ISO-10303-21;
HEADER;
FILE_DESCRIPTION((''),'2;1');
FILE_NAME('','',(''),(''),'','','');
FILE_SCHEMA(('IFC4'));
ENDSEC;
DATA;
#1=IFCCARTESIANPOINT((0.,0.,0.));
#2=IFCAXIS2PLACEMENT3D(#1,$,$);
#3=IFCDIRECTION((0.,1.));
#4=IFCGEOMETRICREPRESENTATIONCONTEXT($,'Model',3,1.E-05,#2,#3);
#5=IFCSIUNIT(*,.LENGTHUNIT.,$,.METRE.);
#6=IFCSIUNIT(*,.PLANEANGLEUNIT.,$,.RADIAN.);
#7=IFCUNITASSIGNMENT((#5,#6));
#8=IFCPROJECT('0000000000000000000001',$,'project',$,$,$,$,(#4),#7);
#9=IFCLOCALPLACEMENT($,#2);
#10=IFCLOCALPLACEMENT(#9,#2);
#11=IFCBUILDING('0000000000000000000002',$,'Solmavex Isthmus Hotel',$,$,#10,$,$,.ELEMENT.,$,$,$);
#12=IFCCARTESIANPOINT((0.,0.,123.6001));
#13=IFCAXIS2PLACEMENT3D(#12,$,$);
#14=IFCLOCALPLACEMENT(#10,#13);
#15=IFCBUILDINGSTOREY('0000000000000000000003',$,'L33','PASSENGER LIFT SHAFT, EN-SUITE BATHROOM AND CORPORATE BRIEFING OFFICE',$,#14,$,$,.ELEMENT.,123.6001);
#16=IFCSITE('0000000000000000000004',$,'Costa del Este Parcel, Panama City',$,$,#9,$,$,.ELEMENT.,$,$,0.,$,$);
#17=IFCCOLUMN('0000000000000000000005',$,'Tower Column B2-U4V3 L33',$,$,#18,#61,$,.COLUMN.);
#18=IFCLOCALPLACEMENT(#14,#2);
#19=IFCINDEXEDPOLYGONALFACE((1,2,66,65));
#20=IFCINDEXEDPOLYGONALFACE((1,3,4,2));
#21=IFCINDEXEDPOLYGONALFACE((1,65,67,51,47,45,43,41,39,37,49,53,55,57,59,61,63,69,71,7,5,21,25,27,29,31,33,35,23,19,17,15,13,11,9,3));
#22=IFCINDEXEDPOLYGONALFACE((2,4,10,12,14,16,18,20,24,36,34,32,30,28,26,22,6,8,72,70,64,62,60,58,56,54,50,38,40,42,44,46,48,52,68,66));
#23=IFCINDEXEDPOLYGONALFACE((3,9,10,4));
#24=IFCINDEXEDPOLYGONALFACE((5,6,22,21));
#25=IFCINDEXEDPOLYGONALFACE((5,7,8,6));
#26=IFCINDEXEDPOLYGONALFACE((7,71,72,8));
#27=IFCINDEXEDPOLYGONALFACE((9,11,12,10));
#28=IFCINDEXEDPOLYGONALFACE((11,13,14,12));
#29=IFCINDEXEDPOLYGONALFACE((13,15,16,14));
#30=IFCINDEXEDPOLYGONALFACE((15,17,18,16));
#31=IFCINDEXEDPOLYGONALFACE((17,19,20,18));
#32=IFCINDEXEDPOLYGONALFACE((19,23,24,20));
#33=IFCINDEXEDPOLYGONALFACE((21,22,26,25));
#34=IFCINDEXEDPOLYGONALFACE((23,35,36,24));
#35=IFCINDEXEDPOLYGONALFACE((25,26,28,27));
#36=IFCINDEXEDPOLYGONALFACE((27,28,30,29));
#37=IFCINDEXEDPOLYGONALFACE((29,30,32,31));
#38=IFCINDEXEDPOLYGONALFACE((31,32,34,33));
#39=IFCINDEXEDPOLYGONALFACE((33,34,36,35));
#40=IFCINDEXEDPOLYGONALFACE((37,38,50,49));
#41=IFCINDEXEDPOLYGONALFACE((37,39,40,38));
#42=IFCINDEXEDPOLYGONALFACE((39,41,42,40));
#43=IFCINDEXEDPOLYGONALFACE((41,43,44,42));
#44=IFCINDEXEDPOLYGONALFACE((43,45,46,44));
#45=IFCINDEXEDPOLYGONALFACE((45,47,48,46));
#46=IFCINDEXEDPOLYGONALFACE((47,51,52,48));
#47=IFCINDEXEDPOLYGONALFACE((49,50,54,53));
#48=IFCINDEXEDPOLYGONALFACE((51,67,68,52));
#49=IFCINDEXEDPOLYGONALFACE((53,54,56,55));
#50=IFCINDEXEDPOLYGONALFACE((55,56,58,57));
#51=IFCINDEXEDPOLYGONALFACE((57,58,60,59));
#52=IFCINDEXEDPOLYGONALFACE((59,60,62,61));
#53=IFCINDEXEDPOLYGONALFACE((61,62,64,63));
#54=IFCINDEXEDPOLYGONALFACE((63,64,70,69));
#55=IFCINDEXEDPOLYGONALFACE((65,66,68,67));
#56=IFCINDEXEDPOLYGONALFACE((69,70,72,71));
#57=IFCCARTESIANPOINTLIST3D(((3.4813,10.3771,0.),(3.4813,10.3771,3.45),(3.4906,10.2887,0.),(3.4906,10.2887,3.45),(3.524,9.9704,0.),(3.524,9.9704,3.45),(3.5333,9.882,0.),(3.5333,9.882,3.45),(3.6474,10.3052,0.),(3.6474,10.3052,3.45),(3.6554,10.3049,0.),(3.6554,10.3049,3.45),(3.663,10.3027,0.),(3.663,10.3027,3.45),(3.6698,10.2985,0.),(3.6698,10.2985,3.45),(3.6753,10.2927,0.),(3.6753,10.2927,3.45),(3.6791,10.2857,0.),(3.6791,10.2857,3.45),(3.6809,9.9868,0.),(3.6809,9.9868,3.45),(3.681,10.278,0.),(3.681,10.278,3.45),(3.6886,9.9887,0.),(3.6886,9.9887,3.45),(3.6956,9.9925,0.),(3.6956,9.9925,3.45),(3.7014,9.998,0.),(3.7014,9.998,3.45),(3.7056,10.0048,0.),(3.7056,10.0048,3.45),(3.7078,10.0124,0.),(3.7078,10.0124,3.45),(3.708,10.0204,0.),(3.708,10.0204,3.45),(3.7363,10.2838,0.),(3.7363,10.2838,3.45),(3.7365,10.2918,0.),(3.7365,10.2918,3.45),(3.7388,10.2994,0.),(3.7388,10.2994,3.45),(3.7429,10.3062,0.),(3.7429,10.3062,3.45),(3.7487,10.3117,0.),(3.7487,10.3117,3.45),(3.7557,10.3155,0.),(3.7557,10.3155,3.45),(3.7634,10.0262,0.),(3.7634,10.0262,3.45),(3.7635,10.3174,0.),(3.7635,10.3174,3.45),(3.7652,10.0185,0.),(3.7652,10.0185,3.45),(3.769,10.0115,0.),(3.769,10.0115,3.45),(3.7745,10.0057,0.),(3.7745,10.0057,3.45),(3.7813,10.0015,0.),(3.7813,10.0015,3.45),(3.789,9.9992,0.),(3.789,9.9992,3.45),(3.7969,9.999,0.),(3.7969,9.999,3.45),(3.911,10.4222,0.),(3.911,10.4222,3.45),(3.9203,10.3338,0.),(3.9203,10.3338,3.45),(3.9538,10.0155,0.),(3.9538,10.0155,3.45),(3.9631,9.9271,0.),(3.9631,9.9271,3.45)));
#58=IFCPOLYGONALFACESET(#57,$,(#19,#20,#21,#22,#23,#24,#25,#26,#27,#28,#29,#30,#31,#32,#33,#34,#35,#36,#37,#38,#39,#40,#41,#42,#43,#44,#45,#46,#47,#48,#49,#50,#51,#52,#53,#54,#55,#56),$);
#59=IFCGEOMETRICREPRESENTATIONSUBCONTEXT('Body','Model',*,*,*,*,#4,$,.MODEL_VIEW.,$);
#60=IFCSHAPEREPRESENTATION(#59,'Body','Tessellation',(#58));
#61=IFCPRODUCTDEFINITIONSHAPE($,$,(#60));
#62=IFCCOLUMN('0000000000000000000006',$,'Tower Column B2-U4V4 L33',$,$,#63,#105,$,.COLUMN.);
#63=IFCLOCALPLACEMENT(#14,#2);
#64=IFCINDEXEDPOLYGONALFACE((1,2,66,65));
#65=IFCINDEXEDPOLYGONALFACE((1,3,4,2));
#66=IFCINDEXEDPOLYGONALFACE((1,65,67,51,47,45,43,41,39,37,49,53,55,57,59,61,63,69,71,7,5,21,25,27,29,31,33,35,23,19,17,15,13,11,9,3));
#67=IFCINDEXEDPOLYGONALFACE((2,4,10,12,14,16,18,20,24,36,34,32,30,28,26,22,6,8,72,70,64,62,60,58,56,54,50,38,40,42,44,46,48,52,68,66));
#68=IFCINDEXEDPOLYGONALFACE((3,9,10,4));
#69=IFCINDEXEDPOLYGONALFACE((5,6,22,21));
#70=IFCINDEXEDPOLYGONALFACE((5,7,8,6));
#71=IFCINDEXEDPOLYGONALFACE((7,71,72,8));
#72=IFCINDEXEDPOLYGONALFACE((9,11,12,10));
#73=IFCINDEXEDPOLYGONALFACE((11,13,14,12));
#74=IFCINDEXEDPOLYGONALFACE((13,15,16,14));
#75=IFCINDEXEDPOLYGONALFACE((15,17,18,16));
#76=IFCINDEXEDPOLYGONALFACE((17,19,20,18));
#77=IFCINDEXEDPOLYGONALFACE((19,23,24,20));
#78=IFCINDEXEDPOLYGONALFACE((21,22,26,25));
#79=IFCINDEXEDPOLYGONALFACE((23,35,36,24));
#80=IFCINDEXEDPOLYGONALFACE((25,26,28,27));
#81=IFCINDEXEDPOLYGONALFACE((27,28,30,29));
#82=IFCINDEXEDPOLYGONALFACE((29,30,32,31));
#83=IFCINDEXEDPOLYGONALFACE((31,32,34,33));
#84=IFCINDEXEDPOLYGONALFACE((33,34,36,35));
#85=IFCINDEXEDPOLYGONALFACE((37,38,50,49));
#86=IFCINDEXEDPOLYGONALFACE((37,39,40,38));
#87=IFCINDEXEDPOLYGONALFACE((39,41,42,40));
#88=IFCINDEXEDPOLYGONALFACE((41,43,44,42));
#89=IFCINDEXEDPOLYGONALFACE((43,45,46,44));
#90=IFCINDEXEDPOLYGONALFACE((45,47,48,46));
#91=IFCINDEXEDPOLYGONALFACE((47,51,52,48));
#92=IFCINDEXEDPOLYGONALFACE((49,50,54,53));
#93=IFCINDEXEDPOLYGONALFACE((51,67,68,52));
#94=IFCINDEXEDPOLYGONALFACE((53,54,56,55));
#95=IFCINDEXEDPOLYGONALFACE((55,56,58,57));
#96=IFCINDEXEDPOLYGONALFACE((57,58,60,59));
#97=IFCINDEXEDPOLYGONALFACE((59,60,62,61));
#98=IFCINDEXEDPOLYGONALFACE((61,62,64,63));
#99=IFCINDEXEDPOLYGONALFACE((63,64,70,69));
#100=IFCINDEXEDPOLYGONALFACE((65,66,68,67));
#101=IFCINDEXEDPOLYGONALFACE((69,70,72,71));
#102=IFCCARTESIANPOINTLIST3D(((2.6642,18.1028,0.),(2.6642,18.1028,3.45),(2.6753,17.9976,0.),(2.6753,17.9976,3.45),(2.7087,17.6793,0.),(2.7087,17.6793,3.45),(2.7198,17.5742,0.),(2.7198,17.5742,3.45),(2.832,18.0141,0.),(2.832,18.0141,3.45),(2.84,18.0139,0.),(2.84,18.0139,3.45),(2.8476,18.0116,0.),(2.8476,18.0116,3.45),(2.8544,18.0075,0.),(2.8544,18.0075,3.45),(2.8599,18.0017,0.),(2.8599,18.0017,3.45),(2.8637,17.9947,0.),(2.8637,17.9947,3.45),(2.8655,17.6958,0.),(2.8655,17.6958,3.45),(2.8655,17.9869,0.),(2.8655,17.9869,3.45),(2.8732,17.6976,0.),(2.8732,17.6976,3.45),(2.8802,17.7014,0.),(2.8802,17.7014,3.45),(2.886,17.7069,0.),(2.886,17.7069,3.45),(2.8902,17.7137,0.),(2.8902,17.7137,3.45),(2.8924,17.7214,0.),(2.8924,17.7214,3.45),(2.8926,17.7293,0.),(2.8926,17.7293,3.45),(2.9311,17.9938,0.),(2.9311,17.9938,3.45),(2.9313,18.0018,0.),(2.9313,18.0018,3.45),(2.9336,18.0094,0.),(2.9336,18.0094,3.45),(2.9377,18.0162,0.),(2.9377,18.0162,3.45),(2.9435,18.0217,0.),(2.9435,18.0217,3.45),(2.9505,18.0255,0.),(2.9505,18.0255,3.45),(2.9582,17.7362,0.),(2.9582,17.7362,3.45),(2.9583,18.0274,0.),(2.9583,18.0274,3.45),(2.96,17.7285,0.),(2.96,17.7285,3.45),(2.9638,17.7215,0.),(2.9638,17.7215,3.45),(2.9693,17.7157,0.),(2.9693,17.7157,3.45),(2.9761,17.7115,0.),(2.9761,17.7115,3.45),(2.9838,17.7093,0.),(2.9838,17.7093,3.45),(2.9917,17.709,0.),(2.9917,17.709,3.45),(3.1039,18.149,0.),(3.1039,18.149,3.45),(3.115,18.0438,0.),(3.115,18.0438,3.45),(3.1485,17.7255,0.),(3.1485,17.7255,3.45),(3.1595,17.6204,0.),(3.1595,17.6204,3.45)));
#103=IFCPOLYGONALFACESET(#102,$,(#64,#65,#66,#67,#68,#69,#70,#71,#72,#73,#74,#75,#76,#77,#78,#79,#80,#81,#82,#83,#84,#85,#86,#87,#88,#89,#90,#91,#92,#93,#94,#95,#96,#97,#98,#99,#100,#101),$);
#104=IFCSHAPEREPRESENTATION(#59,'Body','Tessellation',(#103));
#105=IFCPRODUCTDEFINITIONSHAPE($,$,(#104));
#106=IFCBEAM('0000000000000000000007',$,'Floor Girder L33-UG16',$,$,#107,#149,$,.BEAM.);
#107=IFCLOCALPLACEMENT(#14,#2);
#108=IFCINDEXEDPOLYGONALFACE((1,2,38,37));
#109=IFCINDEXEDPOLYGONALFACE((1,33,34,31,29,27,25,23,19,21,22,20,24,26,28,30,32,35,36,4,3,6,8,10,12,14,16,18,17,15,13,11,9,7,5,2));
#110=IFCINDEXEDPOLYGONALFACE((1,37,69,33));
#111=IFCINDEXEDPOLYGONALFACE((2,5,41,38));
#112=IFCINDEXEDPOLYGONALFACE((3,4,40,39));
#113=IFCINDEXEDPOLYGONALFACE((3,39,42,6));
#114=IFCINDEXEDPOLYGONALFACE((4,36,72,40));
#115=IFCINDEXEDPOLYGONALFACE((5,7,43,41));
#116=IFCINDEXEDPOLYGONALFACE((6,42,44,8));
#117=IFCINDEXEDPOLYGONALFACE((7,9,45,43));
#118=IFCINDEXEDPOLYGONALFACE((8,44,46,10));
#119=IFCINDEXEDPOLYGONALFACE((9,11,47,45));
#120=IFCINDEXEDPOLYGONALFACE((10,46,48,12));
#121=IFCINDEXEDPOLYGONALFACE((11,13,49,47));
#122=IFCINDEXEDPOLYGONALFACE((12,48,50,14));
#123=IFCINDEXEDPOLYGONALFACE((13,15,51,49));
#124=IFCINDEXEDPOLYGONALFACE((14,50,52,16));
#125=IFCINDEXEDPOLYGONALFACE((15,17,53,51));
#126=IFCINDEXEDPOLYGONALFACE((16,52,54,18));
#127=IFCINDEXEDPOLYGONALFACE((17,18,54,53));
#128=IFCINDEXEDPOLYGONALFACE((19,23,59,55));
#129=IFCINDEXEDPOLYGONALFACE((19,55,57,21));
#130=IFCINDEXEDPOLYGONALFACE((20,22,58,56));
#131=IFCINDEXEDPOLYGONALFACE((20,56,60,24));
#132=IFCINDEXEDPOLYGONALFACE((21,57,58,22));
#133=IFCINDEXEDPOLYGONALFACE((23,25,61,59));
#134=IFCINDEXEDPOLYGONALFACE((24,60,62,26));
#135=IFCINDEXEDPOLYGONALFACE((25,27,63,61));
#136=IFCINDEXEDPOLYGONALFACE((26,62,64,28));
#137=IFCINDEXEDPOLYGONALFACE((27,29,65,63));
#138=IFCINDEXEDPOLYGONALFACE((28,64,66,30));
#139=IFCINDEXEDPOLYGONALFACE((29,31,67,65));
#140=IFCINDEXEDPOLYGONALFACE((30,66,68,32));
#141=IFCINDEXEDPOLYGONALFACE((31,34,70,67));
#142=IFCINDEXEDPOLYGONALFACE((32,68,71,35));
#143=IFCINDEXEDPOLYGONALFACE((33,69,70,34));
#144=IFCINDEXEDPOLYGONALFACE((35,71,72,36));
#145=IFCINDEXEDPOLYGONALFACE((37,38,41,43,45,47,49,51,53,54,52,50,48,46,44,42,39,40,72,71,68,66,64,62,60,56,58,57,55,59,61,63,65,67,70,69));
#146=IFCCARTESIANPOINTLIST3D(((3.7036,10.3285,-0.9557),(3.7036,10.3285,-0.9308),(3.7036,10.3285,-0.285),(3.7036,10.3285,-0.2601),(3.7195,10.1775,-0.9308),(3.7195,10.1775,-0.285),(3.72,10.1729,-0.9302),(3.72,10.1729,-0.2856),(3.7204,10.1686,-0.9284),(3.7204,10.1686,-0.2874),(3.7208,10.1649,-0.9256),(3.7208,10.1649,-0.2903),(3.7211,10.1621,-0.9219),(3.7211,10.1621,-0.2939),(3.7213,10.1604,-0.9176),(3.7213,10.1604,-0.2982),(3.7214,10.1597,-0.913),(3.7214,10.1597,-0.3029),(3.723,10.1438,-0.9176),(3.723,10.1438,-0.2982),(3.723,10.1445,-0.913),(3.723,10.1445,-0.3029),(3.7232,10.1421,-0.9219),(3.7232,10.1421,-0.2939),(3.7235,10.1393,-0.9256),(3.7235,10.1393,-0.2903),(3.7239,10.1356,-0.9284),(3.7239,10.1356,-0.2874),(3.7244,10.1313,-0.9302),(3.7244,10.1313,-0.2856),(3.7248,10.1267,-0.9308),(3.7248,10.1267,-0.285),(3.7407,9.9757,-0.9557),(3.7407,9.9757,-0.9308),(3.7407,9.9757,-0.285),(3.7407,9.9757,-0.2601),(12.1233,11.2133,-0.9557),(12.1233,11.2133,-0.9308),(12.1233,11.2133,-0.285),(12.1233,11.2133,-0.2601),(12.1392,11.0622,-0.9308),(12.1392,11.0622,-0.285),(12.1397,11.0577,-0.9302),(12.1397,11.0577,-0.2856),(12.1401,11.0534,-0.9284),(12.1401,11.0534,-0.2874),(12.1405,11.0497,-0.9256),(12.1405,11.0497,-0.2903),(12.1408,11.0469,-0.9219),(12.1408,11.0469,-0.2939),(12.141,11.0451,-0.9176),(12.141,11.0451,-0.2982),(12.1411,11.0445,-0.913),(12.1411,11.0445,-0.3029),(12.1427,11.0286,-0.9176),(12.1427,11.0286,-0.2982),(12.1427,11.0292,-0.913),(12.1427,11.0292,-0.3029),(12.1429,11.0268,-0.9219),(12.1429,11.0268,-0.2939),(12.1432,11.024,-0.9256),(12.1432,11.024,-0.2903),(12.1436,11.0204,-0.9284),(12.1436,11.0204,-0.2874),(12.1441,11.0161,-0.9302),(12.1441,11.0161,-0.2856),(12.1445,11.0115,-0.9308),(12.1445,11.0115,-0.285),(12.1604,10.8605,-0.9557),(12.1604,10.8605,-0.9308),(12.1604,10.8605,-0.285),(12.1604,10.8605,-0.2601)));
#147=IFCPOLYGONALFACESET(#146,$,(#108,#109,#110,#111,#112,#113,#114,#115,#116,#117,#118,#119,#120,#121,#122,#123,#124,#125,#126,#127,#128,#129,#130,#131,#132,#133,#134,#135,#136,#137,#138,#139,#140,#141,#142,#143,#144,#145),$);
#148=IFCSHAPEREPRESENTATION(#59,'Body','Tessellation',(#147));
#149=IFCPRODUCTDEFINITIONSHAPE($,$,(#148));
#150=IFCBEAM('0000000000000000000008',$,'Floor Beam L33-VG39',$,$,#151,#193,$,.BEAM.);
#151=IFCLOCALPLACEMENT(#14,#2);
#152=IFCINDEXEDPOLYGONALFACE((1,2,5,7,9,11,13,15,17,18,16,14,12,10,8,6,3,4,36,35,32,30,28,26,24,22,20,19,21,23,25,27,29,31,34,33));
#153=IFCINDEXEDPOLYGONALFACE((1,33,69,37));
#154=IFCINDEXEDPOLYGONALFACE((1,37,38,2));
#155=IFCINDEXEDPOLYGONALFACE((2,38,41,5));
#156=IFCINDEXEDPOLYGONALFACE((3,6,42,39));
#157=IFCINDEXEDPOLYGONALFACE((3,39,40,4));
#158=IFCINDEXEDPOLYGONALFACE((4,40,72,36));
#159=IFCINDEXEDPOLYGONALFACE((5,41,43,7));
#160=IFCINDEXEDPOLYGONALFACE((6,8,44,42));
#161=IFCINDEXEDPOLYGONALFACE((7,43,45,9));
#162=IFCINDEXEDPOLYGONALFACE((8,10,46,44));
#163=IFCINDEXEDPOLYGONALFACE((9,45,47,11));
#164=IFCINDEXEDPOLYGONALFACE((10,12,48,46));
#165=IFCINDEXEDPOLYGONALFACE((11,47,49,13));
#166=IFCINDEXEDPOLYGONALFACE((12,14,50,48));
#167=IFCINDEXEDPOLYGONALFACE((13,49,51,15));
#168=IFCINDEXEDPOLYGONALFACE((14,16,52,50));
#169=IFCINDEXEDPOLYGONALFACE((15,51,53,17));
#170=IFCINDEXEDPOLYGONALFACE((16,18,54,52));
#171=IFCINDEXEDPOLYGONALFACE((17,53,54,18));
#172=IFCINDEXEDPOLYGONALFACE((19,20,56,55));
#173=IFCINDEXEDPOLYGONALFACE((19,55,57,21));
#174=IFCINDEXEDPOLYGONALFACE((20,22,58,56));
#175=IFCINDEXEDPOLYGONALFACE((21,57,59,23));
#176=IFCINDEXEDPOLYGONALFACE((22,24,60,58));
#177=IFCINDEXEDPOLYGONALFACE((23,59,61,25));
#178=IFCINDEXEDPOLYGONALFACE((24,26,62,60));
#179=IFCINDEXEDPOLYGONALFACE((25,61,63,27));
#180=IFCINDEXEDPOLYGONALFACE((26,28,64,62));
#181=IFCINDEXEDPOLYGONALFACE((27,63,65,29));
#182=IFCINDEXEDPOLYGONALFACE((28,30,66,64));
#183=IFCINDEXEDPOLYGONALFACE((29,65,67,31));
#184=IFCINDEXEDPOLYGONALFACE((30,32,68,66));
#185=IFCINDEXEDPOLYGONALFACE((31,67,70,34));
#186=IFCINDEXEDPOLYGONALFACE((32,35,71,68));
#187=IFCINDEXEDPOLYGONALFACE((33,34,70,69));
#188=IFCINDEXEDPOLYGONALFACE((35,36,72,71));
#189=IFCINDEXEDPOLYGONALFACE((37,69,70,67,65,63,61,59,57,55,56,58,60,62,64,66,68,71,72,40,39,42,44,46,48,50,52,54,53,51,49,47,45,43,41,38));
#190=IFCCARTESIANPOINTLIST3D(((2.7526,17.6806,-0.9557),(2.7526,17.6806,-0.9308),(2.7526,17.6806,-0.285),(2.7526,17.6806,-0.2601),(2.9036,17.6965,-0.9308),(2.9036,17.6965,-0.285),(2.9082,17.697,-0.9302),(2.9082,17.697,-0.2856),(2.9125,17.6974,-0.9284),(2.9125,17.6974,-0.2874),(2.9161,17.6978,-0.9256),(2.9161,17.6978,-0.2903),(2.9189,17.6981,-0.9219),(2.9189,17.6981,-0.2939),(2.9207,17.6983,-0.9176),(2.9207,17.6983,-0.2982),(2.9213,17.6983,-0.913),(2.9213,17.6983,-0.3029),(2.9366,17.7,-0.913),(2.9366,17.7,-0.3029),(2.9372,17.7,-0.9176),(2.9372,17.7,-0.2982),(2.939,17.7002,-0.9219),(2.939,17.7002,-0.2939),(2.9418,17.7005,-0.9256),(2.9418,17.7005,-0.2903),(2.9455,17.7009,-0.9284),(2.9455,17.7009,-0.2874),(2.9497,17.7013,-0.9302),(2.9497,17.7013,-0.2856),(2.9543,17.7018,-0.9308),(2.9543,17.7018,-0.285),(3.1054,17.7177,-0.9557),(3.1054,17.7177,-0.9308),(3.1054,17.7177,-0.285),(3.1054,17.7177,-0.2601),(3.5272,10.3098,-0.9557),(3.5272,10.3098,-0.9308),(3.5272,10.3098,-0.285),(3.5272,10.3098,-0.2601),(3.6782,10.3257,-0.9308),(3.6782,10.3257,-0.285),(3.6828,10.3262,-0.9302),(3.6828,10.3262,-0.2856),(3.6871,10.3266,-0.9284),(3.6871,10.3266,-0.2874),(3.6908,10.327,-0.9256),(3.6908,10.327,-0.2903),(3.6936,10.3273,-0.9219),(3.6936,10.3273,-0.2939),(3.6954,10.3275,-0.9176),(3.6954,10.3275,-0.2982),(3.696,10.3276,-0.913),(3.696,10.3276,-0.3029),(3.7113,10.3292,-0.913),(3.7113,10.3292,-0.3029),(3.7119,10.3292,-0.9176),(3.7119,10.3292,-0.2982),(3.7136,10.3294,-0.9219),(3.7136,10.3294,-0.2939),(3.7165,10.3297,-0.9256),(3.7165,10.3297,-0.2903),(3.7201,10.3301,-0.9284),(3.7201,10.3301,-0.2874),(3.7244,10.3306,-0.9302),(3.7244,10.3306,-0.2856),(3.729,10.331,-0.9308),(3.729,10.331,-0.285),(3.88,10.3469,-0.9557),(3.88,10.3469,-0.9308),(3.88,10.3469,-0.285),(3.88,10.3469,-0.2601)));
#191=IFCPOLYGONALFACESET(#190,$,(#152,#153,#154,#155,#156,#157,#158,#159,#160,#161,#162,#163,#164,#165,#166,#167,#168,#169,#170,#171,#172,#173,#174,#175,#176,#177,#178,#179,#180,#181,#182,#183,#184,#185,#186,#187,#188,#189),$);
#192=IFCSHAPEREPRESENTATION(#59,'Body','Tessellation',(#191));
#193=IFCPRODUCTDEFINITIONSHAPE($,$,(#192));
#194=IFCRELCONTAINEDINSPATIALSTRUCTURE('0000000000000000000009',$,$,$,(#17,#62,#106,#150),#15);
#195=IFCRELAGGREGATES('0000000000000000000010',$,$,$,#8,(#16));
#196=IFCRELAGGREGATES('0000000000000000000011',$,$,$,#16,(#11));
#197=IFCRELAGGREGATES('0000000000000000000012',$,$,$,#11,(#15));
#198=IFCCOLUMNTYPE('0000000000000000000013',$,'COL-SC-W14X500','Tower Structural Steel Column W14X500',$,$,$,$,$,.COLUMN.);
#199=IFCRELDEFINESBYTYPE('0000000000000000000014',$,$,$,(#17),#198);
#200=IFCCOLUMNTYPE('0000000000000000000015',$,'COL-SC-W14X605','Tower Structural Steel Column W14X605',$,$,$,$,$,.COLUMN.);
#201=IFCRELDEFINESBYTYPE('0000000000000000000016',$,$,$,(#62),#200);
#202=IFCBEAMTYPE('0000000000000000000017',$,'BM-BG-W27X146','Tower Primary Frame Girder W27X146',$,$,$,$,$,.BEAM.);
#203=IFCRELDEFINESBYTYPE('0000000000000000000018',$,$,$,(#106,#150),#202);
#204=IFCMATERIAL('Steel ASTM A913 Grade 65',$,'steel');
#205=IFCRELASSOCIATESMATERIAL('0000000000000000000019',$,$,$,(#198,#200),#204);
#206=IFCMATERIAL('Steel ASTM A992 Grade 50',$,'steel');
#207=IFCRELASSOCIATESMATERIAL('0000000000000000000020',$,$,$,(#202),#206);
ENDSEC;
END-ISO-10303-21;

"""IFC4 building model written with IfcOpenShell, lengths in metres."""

from ifc_helpers import new_model, si_unit, direction, frame, origin, origin_2d, place, context, subcontext, project, spatial, i_section, extrude, material, material_profile, profile_set, type_object, element, save


model = new_model("IFC4")

# Units and contexts
model_context = context("Model", 3, precision=1e-05, world=origin(), true_north=direction((0.0, 1.0)))
body_context = subcontext(model_context, "Body", "Model", "MODEL_VIEW")
ifc_project = project(units=[si_unit("LENGTHUNIT", "METRE"), si_unit("PLANEANGLEUNIT", "RADIAN")], contexts=[model_context])

# Site, building, storey
site_placement = place(None, origin())
site = spatial("IfcSite", under=ifc_project, at=site_placement, Name="Costa del Este Parcel, Panama City", CompositionType="ELEMENT", RefElevation=0.0)
building_placement = place(site_placement, origin())
building = spatial("IfcBuilding", under=site, at=building_placement, Name="Solmavex Isthmus Hotel", CompositionType="ELEMENT")
storey_placement = place(building_placement, frame((0.0, 0.0, 123.6001)))
storey = spatial("IfcBuildingStorey", under=building, at=storey_placement, Name="L33", Description="PASSENGER LIFT SHAFT, EN-SUITE BATHROOM AND CORPORATE BRIEFING OFFICE", CompositionType="ELEMENT", Elevation=123.6001)

# Columns
ifc_material_1 = material(Name="Steel ASTM A913 Grade 65", Category="steel")
ifc_material_profile_1 = material_profile(ifc_material_1, i_section(OverallWidth=0.4321, OverallDepth=0.4978, WebThickness=0.0557, FlangeThickness=0.0889, FilletRadius=0.0305, at=origin_2d()), Name="W14X500")
ifc_profile_set_1 = profile_set([ifc_material_profile_1], Name="Steel ASTM A913 Grade 65")
column_type_1 = type_object("IfcColumnType", Name="COL-SC-W14X500", Description="Tower Structural Steel Column W14X500", PredefinedType="COLUMN", material=ifc_profile_set_1)
column_1_placement = place(storey_placement, frame((3.7222, 10.1521, 0.0), z_axis=(0.0, 0.0, 1.0), x_axis=(0.994522, 0.104528, 0.0)))
element("IfcColumn", 1, at=column_1_placement, inside=storey, type_object=column_type_1, Name="Tower Column B2-U4V3 L33", PredefinedType="COLUMN", context=body_context, shape_type="SweptSolid", body=[
    extrude(i_section(OverallWidth=0.4321, OverallDepth=0.4978, WebThickness=0.0557, FlangeThickness=0.0889, FilletRadius=0.0305, at=origin_2d()), origin(), (0.0, 0.0, 1.0), 3.45),
])
ifc_material_profile_2 = material_profile(ifc_material_1, i_section(OverallWidth=0.4421, OverallDepth=0.5315, WebThickness=0.0659, FlangeThickness=0.1057, FilletRadius=0.0305, at=origin_2d()), Name="W14X605")
ifc_profile_set_2 = profile_set([ifc_material_profile_2], Name="Steel ASTM A913 Grade 65")
column_type_2 = type_object("IfcColumnType", Name="COL-SC-W14X605", Description="Tower Structural Steel Column W14X605", PredefinedType="COLUMN", material=ifc_profile_set_2)
column_2_placement = place(storey_placement, frame((2.9119, 17.8616, 0.0), z_axis=(0.0, 0.0, 1.0), x_axis=(0.994522, 0.104528, 0.0)))
element("IfcColumn", 2, at=column_2_placement, inside=storey, type_object=column_type_2, Name="Tower Column B2-U4V4 L33", PredefinedType="COLUMN", context=body_context, shape_type="SweptSolid", body=[
    extrude(i_section(OverallWidth=0.4421, OverallDepth=0.5315, WebThickness=0.0659, FlangeThickness=0.1057, FilletRadius=0.0305, at=origin_2d()), origin(), (0.0, 0.0, 1.0), 3.45),
])

# Beams
ifc_material_2 = material(Name="Steel ASTM A992 Grade 50", Category="steel")
ifc_material_profile_3 = material_profile(ifc_material_2, i_section(OverallWidth=0.3547, OverallDepth=0.6956, WebThickness=0.0154, FlangeThickness=0.0249, FilletRadius=0.0178, at=origin_2d()), Name="W27X146")
ifc_profile_set_3 = profile_set([ifc_material_profile_3], Name="Steel ASTM A992 Grade 50")
beam_type_1 = type_object("IfcBeamType", Name="BM-BG-W27X146", Description="Tower Primary Frame Girder W27X146", PredefinedType="BEAM", material=ifc_profile_set_3)
beam_1_placement = place(storey_placement, frame((3.7222, 10.1521, -0.6079), z_axis=(0.994524, 0.104508, 0.0), x_axis=(-0.104508, 0.994524, 0.0)))
element("IfcBeam", 3, at=beam_1_placement, inside=storey, type_object=beam_type_1, Name="Floor Girder L33-UG16", PredefinedType="BEAM", context=body_context, shape_type="SweptSolid", body=[
    extrude(i_section(OverallWidth=0.3547, OverallDepth=0.6956, WebThickness=0.0154, FlangeThickness=0.0249, FilletRadius=0.0178, at=origin_2d()), origin(), (0.0, 0.0, 1.0), 8.4661),
])
beam_2_placement = place(storey_placement, frame((3.7036, 10.3284, -0.6079), z_axis=(-0.104522, 0.994523, 0.0), x_axis=(-0.994523, -0.104522, 0.0)))
element("IfcBeam", 4, at=beam_2_placement, inside=storey, type_object=beam_type_1, Name="Floor Beam L33-VG39", PredefinedType="BEAM", context=body_context, shape_type="SweptSolid", body=[
    extrude(i_section(OverallWidth=0.3547, OverallDepth=0.6956, WebThickness=0.0154, FlangeThickness=0.0249, FilletRadius=0.0178, at=origin_2d()), origin(), (0.0, 0.0, 1.0), 7.4114),
])

save(model, "model.ifc")
